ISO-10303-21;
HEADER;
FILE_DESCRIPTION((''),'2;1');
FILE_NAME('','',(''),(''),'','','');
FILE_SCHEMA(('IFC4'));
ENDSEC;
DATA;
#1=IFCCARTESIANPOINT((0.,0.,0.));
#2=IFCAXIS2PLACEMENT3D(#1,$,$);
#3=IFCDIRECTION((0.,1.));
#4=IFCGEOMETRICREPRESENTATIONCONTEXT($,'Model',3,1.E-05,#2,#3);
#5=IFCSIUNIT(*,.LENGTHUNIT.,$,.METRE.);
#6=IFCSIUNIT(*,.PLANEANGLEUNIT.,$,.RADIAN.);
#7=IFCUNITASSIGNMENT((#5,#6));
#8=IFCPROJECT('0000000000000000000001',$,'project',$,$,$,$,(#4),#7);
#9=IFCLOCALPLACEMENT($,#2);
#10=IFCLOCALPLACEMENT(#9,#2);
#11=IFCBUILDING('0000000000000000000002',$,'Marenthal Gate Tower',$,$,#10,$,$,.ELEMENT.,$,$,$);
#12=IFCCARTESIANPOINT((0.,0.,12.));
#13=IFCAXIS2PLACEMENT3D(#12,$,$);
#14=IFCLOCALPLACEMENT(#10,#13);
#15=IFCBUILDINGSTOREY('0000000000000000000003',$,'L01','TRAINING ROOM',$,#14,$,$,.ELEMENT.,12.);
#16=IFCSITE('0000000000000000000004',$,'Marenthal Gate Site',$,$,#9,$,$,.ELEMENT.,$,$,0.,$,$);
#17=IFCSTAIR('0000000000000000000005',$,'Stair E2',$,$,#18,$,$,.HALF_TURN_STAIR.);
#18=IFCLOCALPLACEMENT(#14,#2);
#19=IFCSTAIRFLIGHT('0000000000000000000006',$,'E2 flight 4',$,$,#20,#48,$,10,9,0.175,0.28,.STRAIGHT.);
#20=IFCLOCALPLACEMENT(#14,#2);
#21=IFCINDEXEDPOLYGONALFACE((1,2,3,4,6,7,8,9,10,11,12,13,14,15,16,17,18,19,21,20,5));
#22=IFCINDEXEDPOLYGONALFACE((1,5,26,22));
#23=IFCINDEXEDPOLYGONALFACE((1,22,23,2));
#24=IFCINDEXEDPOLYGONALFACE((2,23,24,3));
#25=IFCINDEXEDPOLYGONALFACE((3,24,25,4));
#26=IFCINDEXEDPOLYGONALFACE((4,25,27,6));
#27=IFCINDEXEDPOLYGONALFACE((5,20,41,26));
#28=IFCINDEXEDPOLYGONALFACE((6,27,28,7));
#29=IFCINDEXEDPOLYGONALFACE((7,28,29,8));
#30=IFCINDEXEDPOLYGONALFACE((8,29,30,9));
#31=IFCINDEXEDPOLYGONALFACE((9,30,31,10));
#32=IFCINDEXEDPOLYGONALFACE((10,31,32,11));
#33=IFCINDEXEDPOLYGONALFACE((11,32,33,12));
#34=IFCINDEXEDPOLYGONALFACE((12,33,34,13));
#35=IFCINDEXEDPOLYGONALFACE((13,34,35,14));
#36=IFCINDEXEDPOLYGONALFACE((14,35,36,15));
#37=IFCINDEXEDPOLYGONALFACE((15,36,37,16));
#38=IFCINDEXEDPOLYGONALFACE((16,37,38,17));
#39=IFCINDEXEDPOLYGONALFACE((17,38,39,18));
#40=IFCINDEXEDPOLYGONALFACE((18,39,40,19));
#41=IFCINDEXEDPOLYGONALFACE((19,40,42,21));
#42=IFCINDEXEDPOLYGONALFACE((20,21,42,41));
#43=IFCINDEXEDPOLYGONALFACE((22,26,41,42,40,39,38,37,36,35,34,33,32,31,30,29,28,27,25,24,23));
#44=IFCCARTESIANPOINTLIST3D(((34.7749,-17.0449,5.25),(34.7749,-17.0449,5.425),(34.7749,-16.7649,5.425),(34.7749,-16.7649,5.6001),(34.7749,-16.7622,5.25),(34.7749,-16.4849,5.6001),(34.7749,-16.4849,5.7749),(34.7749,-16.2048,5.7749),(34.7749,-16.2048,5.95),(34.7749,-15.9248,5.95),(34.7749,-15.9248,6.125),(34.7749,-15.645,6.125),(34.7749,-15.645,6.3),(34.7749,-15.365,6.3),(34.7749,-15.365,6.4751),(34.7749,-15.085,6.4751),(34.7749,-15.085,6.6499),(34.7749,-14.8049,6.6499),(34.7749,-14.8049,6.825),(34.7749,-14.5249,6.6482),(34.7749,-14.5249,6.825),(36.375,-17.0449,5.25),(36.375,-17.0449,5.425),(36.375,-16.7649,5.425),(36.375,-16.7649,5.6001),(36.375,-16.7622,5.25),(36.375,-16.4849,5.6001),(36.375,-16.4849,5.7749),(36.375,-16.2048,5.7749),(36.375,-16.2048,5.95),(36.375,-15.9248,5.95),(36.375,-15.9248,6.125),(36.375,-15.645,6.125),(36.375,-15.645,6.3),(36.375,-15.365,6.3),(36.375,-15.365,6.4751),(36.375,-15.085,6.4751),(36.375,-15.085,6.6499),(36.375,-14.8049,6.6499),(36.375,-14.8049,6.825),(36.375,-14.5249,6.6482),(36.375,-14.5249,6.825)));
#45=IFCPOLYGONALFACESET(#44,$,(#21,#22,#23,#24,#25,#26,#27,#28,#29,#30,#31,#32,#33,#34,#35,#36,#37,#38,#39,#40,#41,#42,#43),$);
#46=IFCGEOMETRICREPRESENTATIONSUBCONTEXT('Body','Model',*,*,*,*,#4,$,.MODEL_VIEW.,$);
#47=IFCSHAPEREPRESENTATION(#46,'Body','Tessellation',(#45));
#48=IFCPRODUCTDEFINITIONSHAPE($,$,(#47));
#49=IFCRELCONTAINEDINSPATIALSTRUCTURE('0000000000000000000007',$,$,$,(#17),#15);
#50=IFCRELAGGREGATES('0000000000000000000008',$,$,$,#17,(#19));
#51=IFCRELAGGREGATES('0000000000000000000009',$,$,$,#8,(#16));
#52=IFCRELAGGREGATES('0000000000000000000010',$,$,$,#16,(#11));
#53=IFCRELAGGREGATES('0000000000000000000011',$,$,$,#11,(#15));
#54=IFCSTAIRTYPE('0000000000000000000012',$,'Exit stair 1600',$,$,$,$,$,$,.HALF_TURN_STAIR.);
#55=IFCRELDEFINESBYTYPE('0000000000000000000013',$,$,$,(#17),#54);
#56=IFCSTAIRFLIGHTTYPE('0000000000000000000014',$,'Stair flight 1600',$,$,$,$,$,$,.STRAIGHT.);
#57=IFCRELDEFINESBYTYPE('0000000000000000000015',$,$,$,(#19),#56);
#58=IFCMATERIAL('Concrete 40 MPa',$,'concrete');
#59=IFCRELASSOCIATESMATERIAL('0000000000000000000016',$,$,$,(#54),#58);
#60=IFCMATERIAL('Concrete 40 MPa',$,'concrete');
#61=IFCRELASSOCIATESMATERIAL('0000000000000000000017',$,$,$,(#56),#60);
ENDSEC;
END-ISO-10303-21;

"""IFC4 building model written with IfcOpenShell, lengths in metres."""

from ifc_helpers import new_model, si_unit, direction, frame, origin, place, context, subcontext, project, spatial, polyline, outline, extrude, material, type_object, element, aggregate, save


model = new_model("IFC4")

# Units and contexts
model_context = context("Model", 3, precision=1e-05, world=origin(), true_north=direction((0.0, 1.0)))
body_context = subcontext(model_context, "Body", "Model", "MODEL_VIEW")
ifc_project = project(units=[si_unit("LENGTHUNIT", "METRE"), si_unit("PLANEANGLEUNIT", "RADIAN")], contexts=[model_context])

# Site, building, storey
site_placement = place(None, origin())
site = spatial("IfcSite", under=ifc_project, at=site_placement, Name="Marenthal Gate Site", CompositionType="ELEMENT", RefElevation=0.0)
building_placement = place(site_placement, origin())
building = spatial("IfcBuilding", under=site, at=building_placement, Name="Marenthal Gate Tower", CompositionType="ELEMENT")
storey_placement = place(building_placement, frame((0.0, 0.0, 12.0)))
storey = spatial("IfcBuildingStorey", under=building, at=storey_placement, Name="L01", Description="TRAINING ROOM", CompositionType="ELEMENT", Elevation=12.0)

# Stair, stair flight
ifc_material_1 = material(Name="Concrete 40 MPa", Category="concrete")
stair_type = type_object("IfcStairType", Name="Exit stair 1600", PredefinedType="HALF_TURN_STAIR", material=ifc_material_1)
stair_placement = place(storey_placement, origin())
stair = element("IfcStair", 1, at=stair_placement, inside=storey, type_object=stair_type, Name="Stair E2", PredefinedType="HALF_TURN_STAIR")
ifc_material_2 = material(Name="Concrete 40 MPa", Category="concrete")
stair_flight_type = type_object("IfcStairFlightType", Name="Stair flight 1600", PredefinedType="STRAIGHT", material=ifc_material_2)
stair_flight_1_placement = place(storey_placement, frame((35.575, -17.0449, 5.25), z_axis=(0.0, 0.0, 1.0), x_axis=(0.0, 1.0, 0.0)))
stair_flight_1 = element("IfcStairFlight", 2, at=stair_flight_1_placement, type_object=stair_flight_type, Name="E2 flight 4", NumberOfRisers=10, NumberOfTreads=9, PredefinedType="STRAIGHT", RiserHeight=0.175, TreadLength=0.28, context=body_context, shape_type="SweptSolid", body=[
    extrude(outline(polyline([(0.0, 0.0), (0.0, 0.175), (0.28, 0.175), (0.28, 0.3501), (0.5601, 0.3501), (0.5601, 0.5249), (0.8401, 0.5249), (0.8401, 0.7), (1.1201, 0.7), (1.1201, 0.875), (1.3999, 0.875), (1.3999, 1.05), (1.6799, 1.05), (1.6799, 1.2251), (1.96, 1.2251), (1.96, 1.3999), (2.24, 1.3999), (2.24, 1.575), (2.52, 1.575), (2.52, 1.75), (2.52, 1.3982), (0.2827, 0.0), (0.0, 0.0)])), frame((0.0, 0.8, 0.0), z_axis=(0.0, -1.0, 0.0), x_axis=(1.0, 0.0, 0.0)), (0.0, 0.0, 1.0), 1.6001),
])
aggregate(stair, [stair_flight_1])

save(model, "model.ifc")
